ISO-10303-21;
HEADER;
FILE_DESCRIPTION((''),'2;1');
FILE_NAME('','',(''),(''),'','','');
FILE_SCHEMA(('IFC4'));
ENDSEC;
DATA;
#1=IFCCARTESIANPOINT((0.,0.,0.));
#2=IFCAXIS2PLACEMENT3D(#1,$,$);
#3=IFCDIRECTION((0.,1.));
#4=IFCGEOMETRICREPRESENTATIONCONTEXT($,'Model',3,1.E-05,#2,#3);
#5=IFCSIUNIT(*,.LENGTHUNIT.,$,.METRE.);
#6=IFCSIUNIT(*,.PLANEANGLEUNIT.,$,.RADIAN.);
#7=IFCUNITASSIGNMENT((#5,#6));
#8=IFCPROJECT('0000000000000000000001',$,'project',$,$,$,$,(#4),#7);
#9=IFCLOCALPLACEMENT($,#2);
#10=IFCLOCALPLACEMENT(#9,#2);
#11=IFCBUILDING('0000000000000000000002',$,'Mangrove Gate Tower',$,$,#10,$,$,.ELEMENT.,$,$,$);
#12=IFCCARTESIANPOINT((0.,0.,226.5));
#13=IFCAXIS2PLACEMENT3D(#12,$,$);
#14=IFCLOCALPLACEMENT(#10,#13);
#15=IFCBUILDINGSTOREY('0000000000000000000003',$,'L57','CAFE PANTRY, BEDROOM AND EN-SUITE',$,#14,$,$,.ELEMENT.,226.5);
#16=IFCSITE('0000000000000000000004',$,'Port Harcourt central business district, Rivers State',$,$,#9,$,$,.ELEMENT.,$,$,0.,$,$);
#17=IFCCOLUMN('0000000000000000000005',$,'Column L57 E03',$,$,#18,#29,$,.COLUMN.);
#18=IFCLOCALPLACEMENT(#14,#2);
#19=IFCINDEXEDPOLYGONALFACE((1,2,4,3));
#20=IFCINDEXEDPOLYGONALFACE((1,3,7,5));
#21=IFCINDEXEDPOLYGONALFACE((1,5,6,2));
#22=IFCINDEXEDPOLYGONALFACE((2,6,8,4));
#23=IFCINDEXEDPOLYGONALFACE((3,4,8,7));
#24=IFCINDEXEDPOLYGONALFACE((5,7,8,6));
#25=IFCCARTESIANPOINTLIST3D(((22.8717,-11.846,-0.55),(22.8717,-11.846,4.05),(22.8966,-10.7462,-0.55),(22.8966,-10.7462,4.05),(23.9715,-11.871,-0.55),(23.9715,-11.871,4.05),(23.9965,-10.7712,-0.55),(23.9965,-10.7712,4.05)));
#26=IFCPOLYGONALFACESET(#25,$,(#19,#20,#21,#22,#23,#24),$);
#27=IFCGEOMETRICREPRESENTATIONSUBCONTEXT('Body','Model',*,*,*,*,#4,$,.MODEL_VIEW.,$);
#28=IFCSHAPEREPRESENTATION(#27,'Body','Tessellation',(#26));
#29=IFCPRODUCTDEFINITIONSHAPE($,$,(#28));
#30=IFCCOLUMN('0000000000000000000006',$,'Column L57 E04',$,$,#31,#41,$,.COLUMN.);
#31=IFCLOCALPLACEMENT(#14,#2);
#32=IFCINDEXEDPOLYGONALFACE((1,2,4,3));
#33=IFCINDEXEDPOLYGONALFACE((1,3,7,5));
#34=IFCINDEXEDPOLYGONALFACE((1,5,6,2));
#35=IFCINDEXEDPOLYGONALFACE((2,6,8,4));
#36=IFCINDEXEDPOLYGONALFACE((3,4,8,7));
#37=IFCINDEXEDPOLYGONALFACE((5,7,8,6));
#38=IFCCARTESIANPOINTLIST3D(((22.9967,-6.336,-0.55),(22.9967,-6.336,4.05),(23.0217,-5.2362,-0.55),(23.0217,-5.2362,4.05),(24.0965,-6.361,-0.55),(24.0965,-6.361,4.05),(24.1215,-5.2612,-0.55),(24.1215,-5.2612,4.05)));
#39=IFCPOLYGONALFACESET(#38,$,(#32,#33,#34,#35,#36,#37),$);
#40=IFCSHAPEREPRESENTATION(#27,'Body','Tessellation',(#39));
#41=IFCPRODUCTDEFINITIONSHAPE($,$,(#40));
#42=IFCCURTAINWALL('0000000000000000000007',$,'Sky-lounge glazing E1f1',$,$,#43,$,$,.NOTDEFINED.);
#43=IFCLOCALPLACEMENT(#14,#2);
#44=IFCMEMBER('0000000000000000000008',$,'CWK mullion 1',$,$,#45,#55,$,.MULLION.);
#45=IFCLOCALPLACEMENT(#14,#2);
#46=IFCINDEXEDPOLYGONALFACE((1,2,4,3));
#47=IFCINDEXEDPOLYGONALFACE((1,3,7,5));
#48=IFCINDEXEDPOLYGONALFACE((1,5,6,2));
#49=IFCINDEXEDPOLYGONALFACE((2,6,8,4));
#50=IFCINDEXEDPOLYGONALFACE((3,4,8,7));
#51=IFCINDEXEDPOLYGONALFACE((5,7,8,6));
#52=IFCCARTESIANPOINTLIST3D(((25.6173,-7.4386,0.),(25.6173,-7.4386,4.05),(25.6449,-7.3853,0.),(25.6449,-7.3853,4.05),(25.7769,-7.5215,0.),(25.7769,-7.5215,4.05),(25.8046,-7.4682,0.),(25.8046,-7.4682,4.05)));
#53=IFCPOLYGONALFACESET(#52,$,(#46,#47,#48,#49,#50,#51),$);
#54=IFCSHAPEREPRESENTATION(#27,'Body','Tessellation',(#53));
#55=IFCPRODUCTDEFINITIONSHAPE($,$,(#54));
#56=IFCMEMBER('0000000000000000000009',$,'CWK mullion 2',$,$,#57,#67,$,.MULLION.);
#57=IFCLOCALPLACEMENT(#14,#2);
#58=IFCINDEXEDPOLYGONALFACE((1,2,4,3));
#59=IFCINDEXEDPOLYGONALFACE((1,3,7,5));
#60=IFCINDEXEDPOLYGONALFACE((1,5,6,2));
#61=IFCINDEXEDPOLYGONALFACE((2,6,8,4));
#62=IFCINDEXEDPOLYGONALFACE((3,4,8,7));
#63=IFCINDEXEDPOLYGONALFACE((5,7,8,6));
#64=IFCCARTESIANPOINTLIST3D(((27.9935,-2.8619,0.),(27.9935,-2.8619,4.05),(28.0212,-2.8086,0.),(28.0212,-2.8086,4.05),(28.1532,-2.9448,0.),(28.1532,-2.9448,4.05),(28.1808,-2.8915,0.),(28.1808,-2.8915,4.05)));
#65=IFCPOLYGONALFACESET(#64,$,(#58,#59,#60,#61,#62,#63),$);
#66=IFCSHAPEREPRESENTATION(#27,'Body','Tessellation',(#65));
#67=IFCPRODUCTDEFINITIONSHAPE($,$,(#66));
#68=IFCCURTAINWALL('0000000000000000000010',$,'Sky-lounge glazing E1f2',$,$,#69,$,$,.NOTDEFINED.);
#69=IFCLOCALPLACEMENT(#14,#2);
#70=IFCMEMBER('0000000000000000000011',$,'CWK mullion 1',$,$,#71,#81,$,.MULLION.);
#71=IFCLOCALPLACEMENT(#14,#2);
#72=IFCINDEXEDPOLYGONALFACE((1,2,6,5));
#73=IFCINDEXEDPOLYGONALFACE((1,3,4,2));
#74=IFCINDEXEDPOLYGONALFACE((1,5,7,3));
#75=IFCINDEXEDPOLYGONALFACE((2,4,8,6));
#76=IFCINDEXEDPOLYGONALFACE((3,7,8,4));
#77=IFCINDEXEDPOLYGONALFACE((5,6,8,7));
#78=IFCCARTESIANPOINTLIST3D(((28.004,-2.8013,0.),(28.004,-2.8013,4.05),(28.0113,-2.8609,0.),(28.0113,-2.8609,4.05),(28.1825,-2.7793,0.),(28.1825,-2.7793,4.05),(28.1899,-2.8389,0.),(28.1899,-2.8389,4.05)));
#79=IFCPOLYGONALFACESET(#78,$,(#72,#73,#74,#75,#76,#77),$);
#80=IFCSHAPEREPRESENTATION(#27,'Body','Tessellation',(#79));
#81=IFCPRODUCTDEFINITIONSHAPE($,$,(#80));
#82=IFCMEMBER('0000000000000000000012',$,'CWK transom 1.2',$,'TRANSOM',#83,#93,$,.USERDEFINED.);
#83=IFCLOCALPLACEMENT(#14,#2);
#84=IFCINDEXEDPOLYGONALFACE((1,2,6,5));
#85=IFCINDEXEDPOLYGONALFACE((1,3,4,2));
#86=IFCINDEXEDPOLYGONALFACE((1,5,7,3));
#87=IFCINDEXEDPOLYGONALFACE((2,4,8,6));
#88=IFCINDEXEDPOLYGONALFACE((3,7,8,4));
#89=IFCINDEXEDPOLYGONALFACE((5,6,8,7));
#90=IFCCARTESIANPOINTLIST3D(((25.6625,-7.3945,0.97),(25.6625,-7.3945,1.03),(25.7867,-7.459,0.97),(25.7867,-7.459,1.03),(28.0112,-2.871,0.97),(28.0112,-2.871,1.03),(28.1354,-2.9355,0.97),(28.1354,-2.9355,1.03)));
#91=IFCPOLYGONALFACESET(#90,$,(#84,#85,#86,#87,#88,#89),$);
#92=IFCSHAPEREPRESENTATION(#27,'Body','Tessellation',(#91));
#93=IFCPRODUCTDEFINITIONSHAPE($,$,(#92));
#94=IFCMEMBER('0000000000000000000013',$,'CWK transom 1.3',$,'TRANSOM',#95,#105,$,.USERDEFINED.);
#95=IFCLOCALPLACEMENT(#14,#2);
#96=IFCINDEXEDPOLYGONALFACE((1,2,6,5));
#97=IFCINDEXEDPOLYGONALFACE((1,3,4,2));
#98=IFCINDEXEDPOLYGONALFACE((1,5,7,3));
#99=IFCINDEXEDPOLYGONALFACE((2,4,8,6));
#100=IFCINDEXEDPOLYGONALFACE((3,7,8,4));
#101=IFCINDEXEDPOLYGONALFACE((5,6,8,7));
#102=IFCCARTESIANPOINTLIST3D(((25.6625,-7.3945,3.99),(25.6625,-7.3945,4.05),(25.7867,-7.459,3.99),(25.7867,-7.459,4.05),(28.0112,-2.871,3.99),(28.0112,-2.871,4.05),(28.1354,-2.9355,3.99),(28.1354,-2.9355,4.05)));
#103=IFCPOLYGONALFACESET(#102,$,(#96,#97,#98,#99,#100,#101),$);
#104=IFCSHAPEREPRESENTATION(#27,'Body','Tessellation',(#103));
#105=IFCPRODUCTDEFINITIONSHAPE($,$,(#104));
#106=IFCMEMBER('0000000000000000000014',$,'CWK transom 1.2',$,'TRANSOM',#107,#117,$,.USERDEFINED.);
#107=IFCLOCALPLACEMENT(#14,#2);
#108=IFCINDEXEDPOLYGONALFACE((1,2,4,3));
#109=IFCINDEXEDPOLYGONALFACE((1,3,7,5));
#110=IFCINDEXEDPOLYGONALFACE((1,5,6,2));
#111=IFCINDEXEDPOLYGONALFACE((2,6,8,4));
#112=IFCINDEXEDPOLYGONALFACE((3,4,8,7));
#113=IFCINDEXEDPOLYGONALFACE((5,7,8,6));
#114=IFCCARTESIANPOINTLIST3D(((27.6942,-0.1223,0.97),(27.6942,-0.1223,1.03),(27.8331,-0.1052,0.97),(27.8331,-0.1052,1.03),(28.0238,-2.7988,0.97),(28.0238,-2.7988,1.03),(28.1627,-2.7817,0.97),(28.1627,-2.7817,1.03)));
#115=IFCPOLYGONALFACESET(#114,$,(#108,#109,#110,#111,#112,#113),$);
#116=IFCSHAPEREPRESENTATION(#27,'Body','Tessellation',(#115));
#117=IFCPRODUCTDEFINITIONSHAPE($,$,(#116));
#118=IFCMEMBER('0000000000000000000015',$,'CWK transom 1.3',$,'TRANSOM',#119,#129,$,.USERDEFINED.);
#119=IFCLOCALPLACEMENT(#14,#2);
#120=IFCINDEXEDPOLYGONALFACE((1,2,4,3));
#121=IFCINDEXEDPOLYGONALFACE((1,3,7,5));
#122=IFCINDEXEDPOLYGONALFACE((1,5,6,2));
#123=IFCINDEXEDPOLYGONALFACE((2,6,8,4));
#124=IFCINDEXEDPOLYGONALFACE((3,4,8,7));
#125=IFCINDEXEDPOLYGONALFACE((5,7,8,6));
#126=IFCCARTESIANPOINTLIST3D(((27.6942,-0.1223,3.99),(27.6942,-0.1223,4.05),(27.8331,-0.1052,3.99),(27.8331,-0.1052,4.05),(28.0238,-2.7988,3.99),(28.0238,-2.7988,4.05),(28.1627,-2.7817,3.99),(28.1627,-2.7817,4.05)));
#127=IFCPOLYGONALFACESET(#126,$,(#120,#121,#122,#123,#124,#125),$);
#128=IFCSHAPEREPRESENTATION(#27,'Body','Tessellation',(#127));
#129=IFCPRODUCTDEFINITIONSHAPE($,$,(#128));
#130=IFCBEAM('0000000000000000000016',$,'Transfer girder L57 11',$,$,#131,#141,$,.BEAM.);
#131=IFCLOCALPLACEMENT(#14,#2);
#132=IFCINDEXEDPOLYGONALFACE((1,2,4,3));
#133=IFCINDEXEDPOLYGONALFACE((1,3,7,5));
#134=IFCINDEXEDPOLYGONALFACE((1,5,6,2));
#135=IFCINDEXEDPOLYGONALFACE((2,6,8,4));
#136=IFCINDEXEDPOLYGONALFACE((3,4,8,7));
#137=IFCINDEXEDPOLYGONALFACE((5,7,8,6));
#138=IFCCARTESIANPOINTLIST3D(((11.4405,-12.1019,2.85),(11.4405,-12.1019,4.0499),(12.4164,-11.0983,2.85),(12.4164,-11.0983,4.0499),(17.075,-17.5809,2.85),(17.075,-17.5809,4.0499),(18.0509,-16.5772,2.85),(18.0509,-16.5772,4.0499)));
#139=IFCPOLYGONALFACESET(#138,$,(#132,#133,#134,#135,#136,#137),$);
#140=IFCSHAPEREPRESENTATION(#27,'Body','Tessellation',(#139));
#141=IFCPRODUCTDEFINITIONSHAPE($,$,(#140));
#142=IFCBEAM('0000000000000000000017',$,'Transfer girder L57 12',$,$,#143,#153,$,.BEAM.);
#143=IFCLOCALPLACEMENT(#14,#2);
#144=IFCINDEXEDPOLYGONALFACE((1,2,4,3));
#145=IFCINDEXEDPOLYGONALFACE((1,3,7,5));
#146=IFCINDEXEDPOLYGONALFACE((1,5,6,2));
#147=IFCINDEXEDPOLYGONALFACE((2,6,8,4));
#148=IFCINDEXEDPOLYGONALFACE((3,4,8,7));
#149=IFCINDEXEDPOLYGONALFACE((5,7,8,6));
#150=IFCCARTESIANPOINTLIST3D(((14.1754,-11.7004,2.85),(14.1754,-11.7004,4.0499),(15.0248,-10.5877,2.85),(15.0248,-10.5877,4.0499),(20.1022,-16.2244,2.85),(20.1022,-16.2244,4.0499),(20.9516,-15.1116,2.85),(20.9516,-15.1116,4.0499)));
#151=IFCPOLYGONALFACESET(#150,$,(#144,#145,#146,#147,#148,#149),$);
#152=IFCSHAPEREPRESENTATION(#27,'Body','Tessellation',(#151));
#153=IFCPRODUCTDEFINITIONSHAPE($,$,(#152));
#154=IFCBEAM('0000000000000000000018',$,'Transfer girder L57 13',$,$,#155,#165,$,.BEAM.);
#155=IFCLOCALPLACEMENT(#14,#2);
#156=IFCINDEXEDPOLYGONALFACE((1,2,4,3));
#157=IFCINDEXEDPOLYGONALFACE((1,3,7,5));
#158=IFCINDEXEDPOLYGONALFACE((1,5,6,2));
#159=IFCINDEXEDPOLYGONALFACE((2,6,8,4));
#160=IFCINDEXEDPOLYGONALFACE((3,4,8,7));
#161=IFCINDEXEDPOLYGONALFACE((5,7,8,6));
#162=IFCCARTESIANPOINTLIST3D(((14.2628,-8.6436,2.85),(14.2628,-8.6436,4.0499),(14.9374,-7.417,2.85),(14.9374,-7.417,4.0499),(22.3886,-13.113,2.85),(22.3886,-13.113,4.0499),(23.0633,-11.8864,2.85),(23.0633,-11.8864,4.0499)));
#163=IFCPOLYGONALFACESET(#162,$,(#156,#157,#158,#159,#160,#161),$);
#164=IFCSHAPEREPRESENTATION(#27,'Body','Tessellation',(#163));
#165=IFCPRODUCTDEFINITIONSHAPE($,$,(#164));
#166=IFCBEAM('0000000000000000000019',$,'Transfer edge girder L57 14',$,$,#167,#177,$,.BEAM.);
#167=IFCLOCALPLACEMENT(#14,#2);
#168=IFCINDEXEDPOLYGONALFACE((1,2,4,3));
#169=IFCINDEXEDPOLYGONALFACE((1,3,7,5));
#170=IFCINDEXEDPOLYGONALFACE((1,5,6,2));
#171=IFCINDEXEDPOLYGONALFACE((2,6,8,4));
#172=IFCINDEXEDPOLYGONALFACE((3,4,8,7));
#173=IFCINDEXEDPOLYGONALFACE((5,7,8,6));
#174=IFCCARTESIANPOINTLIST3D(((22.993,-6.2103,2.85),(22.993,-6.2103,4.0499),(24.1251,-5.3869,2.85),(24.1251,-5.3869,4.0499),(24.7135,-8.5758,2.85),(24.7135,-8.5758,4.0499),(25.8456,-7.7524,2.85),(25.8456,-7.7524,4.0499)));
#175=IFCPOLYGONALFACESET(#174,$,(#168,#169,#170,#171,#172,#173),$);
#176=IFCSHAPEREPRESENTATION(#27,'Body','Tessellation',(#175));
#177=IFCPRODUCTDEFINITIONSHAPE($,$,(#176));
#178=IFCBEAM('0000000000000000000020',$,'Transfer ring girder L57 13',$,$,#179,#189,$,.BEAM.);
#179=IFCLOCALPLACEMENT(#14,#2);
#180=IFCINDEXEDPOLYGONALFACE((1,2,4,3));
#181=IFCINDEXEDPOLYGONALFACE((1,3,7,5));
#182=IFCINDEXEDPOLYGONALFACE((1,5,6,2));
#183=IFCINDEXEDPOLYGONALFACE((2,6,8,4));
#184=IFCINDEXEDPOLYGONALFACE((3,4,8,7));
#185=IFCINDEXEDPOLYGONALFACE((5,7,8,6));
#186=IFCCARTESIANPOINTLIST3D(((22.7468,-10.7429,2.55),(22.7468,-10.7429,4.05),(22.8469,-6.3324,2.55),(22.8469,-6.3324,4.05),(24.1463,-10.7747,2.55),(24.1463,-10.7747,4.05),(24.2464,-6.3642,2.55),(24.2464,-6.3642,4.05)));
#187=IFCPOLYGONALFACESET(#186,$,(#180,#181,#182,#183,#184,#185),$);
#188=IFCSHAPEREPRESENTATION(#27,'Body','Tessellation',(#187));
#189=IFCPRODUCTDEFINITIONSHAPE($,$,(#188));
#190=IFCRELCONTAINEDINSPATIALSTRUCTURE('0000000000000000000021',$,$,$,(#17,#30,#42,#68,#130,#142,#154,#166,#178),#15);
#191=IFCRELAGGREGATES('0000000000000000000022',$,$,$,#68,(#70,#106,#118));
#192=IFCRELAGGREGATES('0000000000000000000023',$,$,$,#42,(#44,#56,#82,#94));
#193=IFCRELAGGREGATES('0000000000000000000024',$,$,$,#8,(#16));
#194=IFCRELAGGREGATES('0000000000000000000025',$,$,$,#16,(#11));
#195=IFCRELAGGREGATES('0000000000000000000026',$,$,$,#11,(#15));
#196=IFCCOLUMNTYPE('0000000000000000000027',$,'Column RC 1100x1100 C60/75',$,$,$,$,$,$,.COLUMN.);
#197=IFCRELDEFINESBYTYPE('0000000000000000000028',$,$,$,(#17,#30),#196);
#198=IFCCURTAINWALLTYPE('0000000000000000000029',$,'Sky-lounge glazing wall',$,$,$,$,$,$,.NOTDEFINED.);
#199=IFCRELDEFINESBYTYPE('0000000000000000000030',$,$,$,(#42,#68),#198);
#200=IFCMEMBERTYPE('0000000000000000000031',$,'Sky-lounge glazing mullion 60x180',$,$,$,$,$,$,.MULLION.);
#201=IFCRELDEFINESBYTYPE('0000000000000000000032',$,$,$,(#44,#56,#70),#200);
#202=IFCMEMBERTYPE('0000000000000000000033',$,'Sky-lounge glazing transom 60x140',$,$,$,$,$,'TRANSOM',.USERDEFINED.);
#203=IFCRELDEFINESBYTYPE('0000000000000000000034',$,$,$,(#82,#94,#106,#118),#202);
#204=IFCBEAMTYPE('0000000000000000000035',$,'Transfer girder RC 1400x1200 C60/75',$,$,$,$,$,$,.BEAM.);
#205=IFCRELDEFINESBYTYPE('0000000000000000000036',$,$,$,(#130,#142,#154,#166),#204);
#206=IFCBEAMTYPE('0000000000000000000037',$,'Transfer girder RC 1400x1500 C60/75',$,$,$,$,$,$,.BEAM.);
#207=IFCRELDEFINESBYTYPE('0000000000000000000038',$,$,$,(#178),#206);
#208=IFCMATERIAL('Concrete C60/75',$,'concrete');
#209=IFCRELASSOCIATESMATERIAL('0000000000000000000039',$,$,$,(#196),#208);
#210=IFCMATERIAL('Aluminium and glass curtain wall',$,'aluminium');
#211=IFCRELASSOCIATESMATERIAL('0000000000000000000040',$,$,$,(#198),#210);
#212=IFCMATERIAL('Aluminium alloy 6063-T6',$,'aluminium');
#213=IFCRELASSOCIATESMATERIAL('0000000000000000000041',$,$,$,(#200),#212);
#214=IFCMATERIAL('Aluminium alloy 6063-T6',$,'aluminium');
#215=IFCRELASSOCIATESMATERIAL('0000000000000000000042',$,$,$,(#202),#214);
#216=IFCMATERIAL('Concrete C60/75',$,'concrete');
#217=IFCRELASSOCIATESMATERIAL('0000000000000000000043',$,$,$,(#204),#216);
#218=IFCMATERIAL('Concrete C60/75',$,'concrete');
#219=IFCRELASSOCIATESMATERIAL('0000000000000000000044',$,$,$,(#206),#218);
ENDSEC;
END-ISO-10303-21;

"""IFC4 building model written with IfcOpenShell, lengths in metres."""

from ifc_helpers import new_model, si_unit, direction, frame, origin, origin_2d, place, context, subcontext, project, spatial, rectangle, extrude, material, material_profile, profile_set, type_object, element, aggregate, save


model = new_model("IFC4")

# Units and contexts
model_context = context("Model", 3, precision=1e-05, world=origin(), true_north=direction((0.0, 1.0)))
body_context = subcontext(model_context, "Body", "Model", "MODEL_VIEW")
ifc_project = project(units=[si_unit("LENGTHUNIT", "METRE"), si_unit("PLANEANGLEUNIT", "RADIAN")], contexts=[model_context])

# Site, building, storey
site_placement = place(None, origin())
site = spatial("IfcSite", under=ifc_project, at=site_placement, Name="Port Harcourt central business district, Rivers State", CompositionType="ELEMENT", RefElevation=0.0)
building_placement = place(site_placement, origin())
building = spatial("IfcBuilding", under=site, at=building_placement, Name="Mangrove Gate Tower", CompositionType="ELEMENT")
storey_placement = place(building_placement, frame((0.0, 0.0, 226.5)))
storey = spatial("IfcBuildingStorey", under=building, at=storey_placement, Name="L57", Description="CAFE PANTRY, BEDROOM AND EN-SUITE", CompositionType="ELEMENT", Elevation=226.5)

# Columns
ifc_material_1 = material(Name="Concrete C60/75", Category="concrete")
ifc_material_profile_1 = material_profile(ifc_material_1, rectangle(XDim=1.1001, YDim=1.1001, at=origin_2d()))
ifc_profile_set_1 = profile_set([ifc_material_profile_1], Name="Concrete C60/75")
column_type = type_object("IfcColumnType", Name="Column RC 1100x1100 C60/75", PredefinedType="COLUMN", material=ifc_profile_set_1)
for number, where, z_axis, x_axis, name in (
    (1, (23.4341, -11.3086, -0.55), (0.0, 0.0, 1.0), (0.022678, 0.999743, 0.0), "Column L57 E03"),
    (2, (23.5591, -5.7986, -0.55), (0.0, 0.0, 1.0), (0.022686, 0.999743, 0.0), "Column L57 E04"),
):
    element("IfcColumn", number, at=place(storey_placement, frame(where, z_axis=z_axis, x_axis=x_axis)), inside=storey, type_object=column_type, Name=name, PredefinedType="COLUMN", context=body_context, shape_type="SweptSolid", body=[
        extrude(rectangle(XDim=1.1001, YDim=1.1001, at=origin_2d()), origin(), (0.0, 0.0, 1.0), 4.6001),
    ])

# Curtain wall, members
ifc_material_2 = material(Name="Aluminium and glass curtain wall", Category="aluminium")
curtain_wall_type = type_object("IfcCurtainWallType", Name="Sky-lounge glazing wall", PredefinedType="NOTDEFINED", material=ifc_material_2)
curtain_wall_1_placement = place(storey_placement, origin())
curtain_wall_1 = element("IfcCurtainWall", 3, at=curtain_wall_1_placement, inside=storey, type_object=curtain_wall_type, Name="Sky-lounge glazing E1f1", PredefinedType="NOTDEFINED")
ifc_material_3 = material(Name="Aluminium alloy 6063-T6", Category="aluminium")
ifc_material_profile_2 = material_profile(ifc_material_3, rectangle(XDim=0.0601, YDim=0.1799, at=origin_2d()))
ifc_profile_set_2 = profile_set([ifc_material_profile_2], Name="Aluminium alloy 6063-T6")
member_type_1 = type_object("IfcMemberType", Name="Sky-lounge glazing mullion 60x180", PredefinedType="MULLION", material=ifc_profile_set_2)
member_1_placement = place(storey_placement, frame((25.7109, -7.4534, 0.0), z_axis=(0.0, 0.0, 1.0), x_axis=(0.460809, 0.887499, 0.0)))
member_1 = element("IfcMember", 4, at=member_1_placement, type_object=member_type_1, Name="CWK mullion 1", PredefinedType="MULLION", context=body_context, shape_type="SweptSolid", body=[
    extrude(rectangle(XDim=0.0601, YDim=0.1799, at=origin_2d()), origin(), (0.0, 0.0, 1.0), 4.05),
])
member_2_placement = place(storey_placement, frame((28.0872, -2.8767, 0.0), z_axis=(0.0, 0.0, 1.0), x_axis=(0.460809, 0.887499, 0.0)))
member_2 = element("IfcMember", 5, at=member_2_placement, type_object=member_type_1, Name="CWK mullion 2", PredefinedType="MULLION", context=body_context, shape_type="SweptSolid", body=[
    extrude(rectangle(XDim=0.0601, YDim=0.1799, at=origin_2d()), origin(), (0.0, 0.0, 1.0), 4.05),
])

# Curtain wall, member
curtain_wall_2_placement = place(storey_placement, origin())
curtain_wall_2 = element("IfcCurtainWall", 6, at=curtain_wall_2_placement, inside=storey, type_object=curtain_wall_type, Name="Sky-lounge glazing E1f2", PredefinedType="NOTDEFINED")
member_3_placement = place(storey_placement, frame((28.0969, -2.8201, 0.0), z_axis=(0.0, 0.0, 1.0), x_axis=(-0.122172, 0.992509, 0.0)))
member_3 = element("IfcMember", 7, at=member_3_placement, type_object=member_type_1, Name="CWK mullion 1", PredefinedType="MULLION", context=body_context, shape_type="SweptSolid", body=[
    extrude(rectangle(XDim=0.0601, YDim=0.1799, at=origin_2d()), origin(), (0.0, 0.0, 1.0), 4.05),
])

# Members
ifc_material_4 = material(Name="Aluminium alloy 6063-T6", Category="aluminium")
ifc_material_profile_3 = material_profile(ifc_material_4, rectangle(XDim=0.0601, YDim=0.1399, at=origin_2d()))
ifc_profile_set_3 = profile_set([ifc_material_profile_3], Name="Aluminium alloy 6063-T6")
member_type_2 = type_object("IfcMemberType", Name="Sky-lounge glazing transom 60x140", ElementType="TRANSOM", PredefinedType="USERDEFINED", material=ifc_profile_set_3)
member_4_placement = place(storey_placement, frame((25.7246, -7.4268, 1.0), z_axis=(0.460804, 0.887502, 0.0), x_axis=(0.0, 0.0, 1.0)))
member_4 = element("IfcMember", 8, at=member_4_placement, type_object=member_type_2, Name="CWK transom 1.2", ObjectType="TRANSOM", PredefinedType="USERDEFINED", context=body_context, shape_type="SweptSolid", body=[
    extrude(rectangle(XDim=0.0601, YDim=0.1399, at=origin_2d()), origin(), (0.0, 0.0, 1.0), 5.0969),
])
member_5_placement = place(storey_placement, frame((25.7246, -7.4268, 4.02), z_axis=(0.460804, 0.887502, 0.0), x_axis=(0.0, 0.0, 1.0)))
member_5 = element("IfcMember", 9, at=member_5_placement, type_object=member_type_2, Name="CWK transom 1.3", ObjectType="TRANSOM", PredefinedType="USERDEFINED", context=body_context, shape_type="SweptSolid", body=[
    extrude(rectangle(XDim=0.0601, YDim=0.1399, at=origin_2d()), origin(), (0.0, 0.0, 1.0), 5.0969),
])
member_6_placement = place(storey_placement, frame((28.0933, -2.7903, 1.0), z_axis=(-0.122218, 0.992503, 0.0), x_axis=(0.0, 0.0, 1.0)))
member_6 = element("IfcMember", 10, at=member_6_placement, type_object=member_type_2, Name="CWK transom 1.2", ObjectType="TRANSOM", PredefinedType="USERDEFINED", context=body_context, shape_type="SweptSolid", body=[
    extrude(rectangle(XDim=0.0601, YDim=0.1399, at=origin_2d()), origin(), (0.0, 0.0, 1.0), 2.6968),
])
member_7_placement = place(storey_placement, frame((28.0933, -2.7903, 4.02), z_axis=(-0.122218, 0.992503, 0.0), x_axis=(0.0, 0.0, 1.0)))
member_7 = element("IfcMember", 11, at=member_7_placement, type_object=member_type_2, Name="CWK transom 1.3", ObjectType="TRANSOM", PredefinedType="USERDEFINED", context=body_context, shape_type="SweptSolid", body=[
    extrude(rectangle(XDim=0.0601, YDim=0.1399, at=origin_2d()), origin(), (0.0, 0.0, 1.0), 2.6968),
])
aggregate(curtain_wall_2, [member_3, member_6, member_7])

# Beams
ifc_material_5 = material(Name="Concrete C60/75", Category="concrete")
ifc_material_profile_4 = material_profile(ifc_material_5, rectangle(XDim=1.3999, YDim=1.2, at=origin_2d()))
ifc_profile_set_4 = profile_set([ifc_material_profile_4], Name="Concrete C60/75")
beam_type_1 = type_object("IfcBeamType", Name="Transfer girder RC 1400x1200 C60/75", PredefinedType="BEAM", material=ifc_profile_set_4)
beam_1_placement = place(storey_placement, frame((11.9285, -11.6001, 3.45), z_axis=(0.716932, -0.697144, 0.0), x_axis=(0.697144, 0.716932, 0.0)))
element("IfcBeam", 12, at=beam_1_placement, inside=storey, type_object=beam_type_1, Name="Transfer girder L57 11", PredefinedType="BEAM", context=body_context, shape_type="SweptSolid", body=[
    extrude(rectangle(XDim=1.3999, YDim=1.2, at=origin_2d()), origin(), (0.0, 0.0, 1.0), 7.8591),
])
beam_2_placement = place(storey_placement, frame((14.6001, -11.144, 3.45), z_axis=(0.794895, -0.606747, 0.0), x_axis=(0.606747, 0.794895, 0.0)))
element("IfcBeam", 13, at=beam_2_placement, inside=storey, type_object=beam_type_1, Name="Transfer girder L57 12", PredefinedType="BEAM", context=body_context, shape_type="SweptSolid", body=[
    extrude(rectangle(XDim=1.3999, YDim=1.2, at=origin_2d()), origin(), (0.0, 0.0, 1.0), 7.4561),
])
beam_3_placement = place(storey_placement, frame((14.6001, -8.0303, 3.45), z_axis=(0.876207, -0.481935, 0.0), x_axis=(0.481935, 0.876207, 0.0)))
element("IfcBeam", 14, at=beam_3_placement, inside=storey, type_object=beam_type_1, Name="Transfer girder L57 13", PredefinedType="BEAM", context=body_context, shape_type="SweptSolid", body=[
    extrude(rectangle(XDim=1.3999, YDim=1.2, at=origin_2d()), origin(), (0.0, 0.0, 1.0), 9.2739),
])
beam_4_placement = place(storey_placement, frame((23.5591, -5.7986, 3.45), z_axis=(0.588197, -0.808718, 0.0), x_axis=(0.808718, 0.588197, 0.0)))
element("IfcBeam", 15, at=beam_4_placement, inside=storey, type_object=beam_type_1, Name="Transfer edge girder L57 14", PredefinedType="BEAM", context=body_context, shape_type="SweptSolid", body=[
    extrude(rectangle(XDim=1.3999, YDim=1.2, at=origin_2d()), origin(), (0.0, 0.0, 1.0), 2.925),
])
ifc_material_6 = material(Name="Concrete C60/75", Category="concrete")
ifc_material_profile_5 = material_profile(ifc_material_6, rectangle(XDim=1.3999, YDim=1.5, at=origin_2d()))
ifc_profile_set_5 = profile_set([ifc_material_profile_5], Name="Concrete C60/75")
beam_type_2 = type_object("IfcBeamType", Name="Transfer girder RC 1400x1500 C60/75", PredefinedType="BEAM", material=ifc_profile_set_5)
beam_5_placement = place(storey_placement, frame((23.4465, -10.7588, 3.3), z_axis=(0.02269, 0.999743, 0.0), x_axis=(-0.999743, 0.02269, 0.0)))
element("IfcBeam", 16, at=beam_5_placement, inside=storey, type_object=beam_type_2, Name="Transfer ring girder L57 13", PredefinedType="BEAM", context=body_context, shape_type="SweptSolid", body=[
    extrude(rectangle(XDim=1.3999, YDim=1.5, at=origin_2d()), origin(), (0.0, 0.0, 1.0), 4.4116),
])

aggregate(curtain_wall_1, [member_1, member_2, member_4, member_5])

save(model, "model.ifc")
